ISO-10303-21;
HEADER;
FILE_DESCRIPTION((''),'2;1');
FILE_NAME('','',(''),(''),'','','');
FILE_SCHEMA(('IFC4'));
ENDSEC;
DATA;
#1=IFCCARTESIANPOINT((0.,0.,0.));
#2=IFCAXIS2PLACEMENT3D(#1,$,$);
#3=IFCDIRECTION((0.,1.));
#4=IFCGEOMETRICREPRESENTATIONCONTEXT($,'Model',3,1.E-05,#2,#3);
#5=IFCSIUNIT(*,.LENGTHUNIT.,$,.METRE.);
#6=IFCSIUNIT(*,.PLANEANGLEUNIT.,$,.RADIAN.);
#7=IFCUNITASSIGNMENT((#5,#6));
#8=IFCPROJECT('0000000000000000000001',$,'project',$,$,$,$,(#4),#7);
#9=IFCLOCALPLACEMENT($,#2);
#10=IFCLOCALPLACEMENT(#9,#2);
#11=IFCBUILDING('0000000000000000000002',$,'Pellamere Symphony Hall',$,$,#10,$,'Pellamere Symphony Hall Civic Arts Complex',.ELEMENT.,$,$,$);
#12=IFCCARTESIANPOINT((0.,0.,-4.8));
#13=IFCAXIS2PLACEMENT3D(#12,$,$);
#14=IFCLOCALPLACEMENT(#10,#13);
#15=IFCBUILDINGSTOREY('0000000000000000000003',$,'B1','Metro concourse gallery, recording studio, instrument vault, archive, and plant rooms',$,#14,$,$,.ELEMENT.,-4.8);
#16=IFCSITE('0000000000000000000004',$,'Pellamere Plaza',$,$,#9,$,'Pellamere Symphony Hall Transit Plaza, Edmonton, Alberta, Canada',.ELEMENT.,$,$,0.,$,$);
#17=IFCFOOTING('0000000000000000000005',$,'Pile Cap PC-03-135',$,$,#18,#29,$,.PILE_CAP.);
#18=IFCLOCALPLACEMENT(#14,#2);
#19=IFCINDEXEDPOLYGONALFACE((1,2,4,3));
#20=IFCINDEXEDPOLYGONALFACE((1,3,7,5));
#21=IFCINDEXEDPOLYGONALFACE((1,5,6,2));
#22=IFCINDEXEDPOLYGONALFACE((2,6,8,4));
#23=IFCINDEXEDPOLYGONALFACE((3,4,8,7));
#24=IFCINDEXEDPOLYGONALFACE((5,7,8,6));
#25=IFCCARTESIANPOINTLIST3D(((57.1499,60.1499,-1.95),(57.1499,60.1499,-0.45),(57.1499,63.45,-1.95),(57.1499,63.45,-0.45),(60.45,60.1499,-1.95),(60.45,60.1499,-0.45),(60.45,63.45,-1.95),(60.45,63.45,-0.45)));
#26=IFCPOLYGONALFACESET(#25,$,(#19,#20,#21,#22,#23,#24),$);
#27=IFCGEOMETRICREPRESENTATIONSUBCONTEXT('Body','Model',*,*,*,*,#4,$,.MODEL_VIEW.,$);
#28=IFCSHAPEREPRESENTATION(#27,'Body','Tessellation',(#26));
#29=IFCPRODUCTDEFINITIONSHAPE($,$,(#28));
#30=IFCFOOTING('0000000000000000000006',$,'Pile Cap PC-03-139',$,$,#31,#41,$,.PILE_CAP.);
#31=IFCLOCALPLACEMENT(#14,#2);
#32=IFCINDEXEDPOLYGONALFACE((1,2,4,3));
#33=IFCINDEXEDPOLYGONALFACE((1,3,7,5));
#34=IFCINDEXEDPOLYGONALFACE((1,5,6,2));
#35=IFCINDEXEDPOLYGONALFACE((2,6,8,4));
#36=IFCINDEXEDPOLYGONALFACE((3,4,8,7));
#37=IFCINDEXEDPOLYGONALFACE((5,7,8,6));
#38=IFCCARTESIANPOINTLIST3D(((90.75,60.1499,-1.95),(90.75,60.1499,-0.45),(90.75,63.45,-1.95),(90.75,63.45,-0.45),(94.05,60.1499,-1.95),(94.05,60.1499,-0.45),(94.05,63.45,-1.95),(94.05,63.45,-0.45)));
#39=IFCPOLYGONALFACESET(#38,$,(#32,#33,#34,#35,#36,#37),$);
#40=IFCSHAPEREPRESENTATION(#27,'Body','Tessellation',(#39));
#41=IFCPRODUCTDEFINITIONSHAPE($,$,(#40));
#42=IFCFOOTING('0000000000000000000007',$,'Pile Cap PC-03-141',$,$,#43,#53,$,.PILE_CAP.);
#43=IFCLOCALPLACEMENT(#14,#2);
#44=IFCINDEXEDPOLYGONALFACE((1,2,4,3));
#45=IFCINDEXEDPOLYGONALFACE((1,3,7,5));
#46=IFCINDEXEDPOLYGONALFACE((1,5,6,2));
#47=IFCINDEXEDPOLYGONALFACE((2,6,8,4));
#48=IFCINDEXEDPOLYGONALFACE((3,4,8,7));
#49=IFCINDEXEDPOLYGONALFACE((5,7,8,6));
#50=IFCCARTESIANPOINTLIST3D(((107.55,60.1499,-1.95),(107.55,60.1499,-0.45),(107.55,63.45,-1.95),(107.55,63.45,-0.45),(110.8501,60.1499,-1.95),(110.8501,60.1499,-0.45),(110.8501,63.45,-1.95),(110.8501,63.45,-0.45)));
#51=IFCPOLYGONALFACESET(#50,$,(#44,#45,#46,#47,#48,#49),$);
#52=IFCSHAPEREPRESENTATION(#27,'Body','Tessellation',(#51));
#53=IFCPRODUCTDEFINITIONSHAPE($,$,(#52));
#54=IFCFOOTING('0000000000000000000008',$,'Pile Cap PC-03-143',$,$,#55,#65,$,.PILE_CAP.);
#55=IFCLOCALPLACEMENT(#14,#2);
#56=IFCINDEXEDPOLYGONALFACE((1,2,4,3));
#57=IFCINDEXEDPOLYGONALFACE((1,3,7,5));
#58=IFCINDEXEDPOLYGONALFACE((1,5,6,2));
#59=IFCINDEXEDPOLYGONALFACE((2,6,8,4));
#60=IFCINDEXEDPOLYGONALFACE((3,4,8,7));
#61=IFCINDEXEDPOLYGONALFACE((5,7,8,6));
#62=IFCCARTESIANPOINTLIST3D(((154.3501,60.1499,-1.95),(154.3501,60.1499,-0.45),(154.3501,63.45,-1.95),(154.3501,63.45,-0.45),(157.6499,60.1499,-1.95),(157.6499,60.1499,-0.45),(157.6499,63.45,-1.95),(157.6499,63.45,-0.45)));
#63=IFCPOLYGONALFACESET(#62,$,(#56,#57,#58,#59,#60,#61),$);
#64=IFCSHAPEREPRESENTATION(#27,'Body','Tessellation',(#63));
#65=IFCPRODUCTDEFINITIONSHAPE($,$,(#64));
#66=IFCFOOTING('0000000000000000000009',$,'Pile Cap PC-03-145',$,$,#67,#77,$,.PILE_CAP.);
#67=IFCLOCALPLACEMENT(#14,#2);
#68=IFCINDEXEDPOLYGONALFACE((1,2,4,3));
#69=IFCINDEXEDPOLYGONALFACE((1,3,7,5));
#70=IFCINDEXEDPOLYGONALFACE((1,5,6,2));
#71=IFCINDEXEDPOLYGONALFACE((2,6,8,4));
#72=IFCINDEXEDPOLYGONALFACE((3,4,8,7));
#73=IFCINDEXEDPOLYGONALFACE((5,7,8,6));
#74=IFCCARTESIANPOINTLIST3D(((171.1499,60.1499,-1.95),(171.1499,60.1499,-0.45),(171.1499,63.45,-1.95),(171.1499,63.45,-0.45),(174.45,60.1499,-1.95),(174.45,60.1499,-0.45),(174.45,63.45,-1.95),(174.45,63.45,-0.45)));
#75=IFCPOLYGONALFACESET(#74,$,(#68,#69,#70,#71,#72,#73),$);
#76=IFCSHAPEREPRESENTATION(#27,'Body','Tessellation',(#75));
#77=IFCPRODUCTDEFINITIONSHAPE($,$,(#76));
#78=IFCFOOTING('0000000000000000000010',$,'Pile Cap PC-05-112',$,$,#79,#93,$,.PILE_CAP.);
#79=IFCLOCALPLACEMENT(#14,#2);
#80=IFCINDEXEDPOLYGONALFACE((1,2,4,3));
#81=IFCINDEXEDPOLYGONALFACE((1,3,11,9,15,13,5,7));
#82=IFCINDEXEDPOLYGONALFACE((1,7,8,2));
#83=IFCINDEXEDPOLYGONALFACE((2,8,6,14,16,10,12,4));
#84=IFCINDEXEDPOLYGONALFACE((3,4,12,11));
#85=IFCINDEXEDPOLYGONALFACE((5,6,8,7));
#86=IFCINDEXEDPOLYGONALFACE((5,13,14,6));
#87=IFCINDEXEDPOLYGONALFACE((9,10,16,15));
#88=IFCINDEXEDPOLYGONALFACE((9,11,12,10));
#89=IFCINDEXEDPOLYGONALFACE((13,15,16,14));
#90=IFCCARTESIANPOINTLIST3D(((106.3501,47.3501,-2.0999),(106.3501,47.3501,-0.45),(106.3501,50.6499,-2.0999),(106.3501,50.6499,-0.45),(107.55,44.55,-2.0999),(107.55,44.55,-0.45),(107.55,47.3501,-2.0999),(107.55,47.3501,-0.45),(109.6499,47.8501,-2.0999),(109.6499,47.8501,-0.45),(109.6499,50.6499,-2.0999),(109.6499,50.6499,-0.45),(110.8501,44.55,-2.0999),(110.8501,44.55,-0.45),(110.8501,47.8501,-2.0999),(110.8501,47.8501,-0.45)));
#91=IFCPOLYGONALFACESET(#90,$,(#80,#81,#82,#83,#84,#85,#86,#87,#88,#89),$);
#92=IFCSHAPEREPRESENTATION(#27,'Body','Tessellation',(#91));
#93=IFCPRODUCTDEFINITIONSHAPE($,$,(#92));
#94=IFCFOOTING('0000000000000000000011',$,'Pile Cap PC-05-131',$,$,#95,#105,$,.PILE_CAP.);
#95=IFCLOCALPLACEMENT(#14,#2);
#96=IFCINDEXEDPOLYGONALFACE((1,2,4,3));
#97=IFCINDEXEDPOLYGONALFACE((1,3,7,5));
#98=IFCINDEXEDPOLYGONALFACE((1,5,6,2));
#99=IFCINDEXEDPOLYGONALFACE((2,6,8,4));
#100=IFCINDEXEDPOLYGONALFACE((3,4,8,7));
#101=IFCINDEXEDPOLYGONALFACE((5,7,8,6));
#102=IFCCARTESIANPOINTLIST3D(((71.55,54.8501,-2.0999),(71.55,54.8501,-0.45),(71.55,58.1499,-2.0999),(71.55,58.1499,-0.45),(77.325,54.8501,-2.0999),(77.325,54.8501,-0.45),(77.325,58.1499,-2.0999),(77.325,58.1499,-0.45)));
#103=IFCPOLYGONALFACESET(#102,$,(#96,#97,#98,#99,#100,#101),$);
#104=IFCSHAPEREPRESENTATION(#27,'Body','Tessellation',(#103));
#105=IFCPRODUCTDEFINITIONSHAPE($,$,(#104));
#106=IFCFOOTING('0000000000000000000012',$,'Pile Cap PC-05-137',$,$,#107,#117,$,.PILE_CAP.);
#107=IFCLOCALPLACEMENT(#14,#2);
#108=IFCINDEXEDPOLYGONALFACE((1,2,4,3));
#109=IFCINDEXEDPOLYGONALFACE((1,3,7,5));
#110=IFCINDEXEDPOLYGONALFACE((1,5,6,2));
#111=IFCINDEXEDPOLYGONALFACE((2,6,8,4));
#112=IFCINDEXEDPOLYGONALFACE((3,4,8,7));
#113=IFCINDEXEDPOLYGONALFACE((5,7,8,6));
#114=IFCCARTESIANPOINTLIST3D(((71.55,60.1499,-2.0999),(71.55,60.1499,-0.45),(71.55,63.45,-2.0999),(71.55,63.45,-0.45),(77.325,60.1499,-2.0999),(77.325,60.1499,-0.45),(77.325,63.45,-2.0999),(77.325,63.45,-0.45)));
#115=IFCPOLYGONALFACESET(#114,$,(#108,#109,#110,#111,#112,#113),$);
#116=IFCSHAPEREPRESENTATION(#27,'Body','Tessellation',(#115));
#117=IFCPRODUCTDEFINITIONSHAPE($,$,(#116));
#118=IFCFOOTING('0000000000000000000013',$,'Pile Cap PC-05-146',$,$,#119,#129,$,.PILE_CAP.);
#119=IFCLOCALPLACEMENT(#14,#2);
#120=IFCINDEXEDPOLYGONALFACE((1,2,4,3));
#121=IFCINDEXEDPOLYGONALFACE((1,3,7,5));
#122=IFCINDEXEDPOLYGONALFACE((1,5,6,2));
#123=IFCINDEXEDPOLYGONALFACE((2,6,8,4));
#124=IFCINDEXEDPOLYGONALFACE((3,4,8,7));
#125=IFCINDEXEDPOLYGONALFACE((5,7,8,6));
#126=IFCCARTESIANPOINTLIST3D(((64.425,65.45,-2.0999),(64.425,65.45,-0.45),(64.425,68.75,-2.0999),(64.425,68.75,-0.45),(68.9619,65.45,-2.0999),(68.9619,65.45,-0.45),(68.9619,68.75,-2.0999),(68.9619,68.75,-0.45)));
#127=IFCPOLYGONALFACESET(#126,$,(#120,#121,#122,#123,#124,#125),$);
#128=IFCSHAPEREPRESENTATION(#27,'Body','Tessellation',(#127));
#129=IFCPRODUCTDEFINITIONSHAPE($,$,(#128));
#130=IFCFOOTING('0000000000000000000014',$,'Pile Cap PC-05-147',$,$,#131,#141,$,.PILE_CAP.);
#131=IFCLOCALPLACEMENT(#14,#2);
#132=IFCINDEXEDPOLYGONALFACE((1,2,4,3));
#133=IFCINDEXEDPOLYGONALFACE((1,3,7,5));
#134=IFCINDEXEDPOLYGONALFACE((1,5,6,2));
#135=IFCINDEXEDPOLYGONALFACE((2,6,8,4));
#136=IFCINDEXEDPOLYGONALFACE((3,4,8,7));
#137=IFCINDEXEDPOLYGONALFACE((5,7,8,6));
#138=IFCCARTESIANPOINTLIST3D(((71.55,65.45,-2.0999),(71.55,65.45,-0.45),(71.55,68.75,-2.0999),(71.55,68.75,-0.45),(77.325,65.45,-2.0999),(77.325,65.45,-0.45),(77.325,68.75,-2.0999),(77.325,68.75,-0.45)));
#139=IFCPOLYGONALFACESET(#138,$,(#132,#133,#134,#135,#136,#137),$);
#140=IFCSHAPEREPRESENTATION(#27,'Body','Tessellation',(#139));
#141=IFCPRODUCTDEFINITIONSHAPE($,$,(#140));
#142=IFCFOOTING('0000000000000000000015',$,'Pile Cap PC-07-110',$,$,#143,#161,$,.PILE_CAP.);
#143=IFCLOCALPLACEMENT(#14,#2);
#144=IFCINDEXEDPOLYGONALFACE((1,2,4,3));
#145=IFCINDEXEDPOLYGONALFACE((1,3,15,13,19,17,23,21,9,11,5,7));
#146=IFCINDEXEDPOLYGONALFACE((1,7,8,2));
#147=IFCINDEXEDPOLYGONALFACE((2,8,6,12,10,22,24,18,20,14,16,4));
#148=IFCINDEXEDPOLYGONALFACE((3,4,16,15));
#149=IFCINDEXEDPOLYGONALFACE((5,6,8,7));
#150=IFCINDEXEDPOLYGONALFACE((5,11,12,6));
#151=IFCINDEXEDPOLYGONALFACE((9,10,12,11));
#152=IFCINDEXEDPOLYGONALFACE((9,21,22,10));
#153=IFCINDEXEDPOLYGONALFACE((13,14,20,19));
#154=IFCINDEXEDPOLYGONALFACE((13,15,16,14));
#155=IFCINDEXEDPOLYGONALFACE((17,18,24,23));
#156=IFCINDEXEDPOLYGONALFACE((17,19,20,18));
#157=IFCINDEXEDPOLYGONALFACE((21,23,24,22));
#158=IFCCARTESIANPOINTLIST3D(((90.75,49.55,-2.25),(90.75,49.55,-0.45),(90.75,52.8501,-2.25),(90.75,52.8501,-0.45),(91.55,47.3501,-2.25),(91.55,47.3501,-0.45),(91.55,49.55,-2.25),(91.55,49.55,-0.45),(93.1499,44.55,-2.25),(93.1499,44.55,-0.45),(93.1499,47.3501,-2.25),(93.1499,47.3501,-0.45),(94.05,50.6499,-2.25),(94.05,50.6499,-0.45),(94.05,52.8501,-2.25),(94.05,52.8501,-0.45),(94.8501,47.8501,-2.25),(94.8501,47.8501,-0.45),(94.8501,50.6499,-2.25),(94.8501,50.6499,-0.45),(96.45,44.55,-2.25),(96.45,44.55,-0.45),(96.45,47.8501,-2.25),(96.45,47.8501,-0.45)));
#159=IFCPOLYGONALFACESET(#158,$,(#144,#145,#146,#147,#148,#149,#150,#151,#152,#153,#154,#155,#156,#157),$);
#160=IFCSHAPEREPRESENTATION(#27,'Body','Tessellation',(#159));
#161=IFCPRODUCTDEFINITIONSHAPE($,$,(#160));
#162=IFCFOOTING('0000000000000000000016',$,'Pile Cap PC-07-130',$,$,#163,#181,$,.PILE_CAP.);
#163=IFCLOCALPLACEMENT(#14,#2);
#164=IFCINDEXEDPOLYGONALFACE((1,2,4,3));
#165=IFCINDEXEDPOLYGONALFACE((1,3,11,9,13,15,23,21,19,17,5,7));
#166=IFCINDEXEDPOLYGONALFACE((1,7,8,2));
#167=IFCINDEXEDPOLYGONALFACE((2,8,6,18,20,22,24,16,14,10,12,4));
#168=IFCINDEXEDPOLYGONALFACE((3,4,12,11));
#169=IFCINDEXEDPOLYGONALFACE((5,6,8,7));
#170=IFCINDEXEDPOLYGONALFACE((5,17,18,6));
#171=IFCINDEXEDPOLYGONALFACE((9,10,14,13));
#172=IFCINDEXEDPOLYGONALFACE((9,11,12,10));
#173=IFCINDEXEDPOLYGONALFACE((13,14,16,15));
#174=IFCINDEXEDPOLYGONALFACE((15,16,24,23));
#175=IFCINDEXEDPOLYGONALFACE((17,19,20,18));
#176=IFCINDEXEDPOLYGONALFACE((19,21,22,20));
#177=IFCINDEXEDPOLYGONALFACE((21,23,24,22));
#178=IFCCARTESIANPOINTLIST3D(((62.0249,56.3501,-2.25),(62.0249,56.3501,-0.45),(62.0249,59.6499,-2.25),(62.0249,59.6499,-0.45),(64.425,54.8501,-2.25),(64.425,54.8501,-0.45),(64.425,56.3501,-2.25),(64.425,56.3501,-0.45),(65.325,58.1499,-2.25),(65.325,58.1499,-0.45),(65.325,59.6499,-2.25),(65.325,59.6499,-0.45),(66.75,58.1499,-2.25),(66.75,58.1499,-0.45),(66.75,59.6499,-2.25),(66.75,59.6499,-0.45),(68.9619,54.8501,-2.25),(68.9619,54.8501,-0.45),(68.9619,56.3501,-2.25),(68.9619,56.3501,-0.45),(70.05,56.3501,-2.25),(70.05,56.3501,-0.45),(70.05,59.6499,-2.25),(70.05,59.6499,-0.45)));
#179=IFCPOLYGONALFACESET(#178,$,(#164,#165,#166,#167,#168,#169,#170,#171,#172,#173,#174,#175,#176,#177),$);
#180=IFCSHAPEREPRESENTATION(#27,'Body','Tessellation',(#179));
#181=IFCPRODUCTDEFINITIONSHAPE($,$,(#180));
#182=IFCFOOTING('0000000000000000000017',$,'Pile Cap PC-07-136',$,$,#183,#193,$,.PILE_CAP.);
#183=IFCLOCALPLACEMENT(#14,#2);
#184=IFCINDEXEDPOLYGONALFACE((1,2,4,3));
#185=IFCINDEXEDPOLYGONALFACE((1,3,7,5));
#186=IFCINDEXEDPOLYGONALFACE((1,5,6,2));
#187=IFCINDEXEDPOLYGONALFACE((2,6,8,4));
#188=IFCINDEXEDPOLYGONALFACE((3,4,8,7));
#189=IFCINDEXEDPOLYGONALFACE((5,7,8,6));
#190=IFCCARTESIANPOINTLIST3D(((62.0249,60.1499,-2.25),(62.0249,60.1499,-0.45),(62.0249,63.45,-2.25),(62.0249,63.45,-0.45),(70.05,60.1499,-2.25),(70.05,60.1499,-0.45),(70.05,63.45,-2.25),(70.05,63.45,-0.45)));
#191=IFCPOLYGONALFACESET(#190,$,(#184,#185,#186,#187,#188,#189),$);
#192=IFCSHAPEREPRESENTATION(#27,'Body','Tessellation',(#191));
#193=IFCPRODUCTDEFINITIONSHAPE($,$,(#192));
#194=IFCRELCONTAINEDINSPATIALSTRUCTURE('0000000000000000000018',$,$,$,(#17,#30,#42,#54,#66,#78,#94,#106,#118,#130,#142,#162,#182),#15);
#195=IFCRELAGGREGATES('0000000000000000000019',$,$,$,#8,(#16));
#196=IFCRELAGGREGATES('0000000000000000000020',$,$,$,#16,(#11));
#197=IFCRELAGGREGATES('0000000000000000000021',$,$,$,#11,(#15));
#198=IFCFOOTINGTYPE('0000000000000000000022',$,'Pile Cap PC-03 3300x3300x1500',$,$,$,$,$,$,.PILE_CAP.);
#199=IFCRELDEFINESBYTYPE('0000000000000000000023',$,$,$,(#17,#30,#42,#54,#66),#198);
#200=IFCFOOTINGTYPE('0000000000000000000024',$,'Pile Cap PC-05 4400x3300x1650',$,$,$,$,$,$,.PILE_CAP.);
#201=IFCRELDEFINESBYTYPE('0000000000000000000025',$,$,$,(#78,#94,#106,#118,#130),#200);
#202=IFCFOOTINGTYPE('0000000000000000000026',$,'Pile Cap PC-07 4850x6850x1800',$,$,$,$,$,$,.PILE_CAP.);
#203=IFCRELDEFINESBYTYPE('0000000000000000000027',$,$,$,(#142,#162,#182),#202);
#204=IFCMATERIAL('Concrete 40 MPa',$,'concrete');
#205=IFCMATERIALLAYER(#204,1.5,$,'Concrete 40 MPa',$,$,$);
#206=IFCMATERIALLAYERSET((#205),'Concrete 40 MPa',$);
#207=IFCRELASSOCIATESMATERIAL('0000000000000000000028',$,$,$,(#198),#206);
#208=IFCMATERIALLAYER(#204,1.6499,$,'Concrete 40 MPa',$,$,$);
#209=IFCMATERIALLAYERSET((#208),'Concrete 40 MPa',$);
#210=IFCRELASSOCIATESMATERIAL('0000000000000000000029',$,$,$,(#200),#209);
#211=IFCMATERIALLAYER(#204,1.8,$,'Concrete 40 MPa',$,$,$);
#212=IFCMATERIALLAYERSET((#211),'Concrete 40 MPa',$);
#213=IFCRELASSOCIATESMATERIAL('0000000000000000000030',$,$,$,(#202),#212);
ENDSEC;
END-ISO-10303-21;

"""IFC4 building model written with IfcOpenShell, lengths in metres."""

from ifc_helpers import new_model, si_unit, direction, frame, origin, place, context, subcontext, project, spatial, polyline, outline, extrude, material, layer, layer_set, type_object, element, save


model = new_model("IFC4")

# Units and contexts
model_context = context("Model", 3, precision=1e-05, world=origin(), true_north=direction((0.0, 1.0)))
body_context = subcontext(model_context, "Body", "Model", "MODEL_VIEW")
ifc_project = project(units=[si_unit("LENGTHUNIT", "METRE"), si_unit("PLANEANGLEUNIT", "RADIAN")], contexts=[model_context])

# Site, building, storey
site_placement = place(None, origin())
site = spatial("IfcSite", under=ifc_project, at=site_placement, Name="Pellamere Plaza", LongName="Pellamere Symphony Hall Transit Plaza, Edmonton, Alberta, Canada", CompositionType="ELEMENT", RefElevation=0.0)
building_placement = place(site_placement, origin())
building = spatial("IfcBuilding", under=site, at=building_placement, Name="Pellamere Symphony Hall", LongName="Pellamere Symphony Hall Civic Arts Complex", CompositionType="ELEMENT")
storey_placement = place(building_placement, frame((0.0, 0.0, -4.8)))
storey = spatial("IfcBuildingStorey", under=building, at=storey_placement, Name="B1", Description="Metro concourse gallery, recording studio, instrument vault, archive, and plant rooms", CompositionType="ELEMENT", Elevation=-4.8)

# Footings
ifc_material_1 = material(Name="Concrete 40 MPa", Category="concrete")
ifc_layer_1 = layer(ifc_material_1, 1.5, Name="Concrete 40 MPa")
ifc_layer_set_1 = layer_set([ifc_layer_1], Name="Concrete 40 MPa")
footing_type_1 = type_object("IfcFootingType", Name="Pile Cap PC-03 3300x3300x1500", PredefinedType="PILE_CAP", material=ifc_layer_set_1)
footing_1_placement = place(storey_placement, frame((0.0, 0.0, -1.95)))
element("IfcFooting", 1, at=footing_1_placement, inside=storey, type_object=footing_type_1, Name="Pile Cap PC-03-135", PredefinedType="PILE_CAP", context=body_context, shape_type="SweptSolid", body=[
    extrude(outline(polyline([(57.1499, 60.1499), (57.1499, 63.45), (60.45, 63.45), (60.45, 60.1499), (57.1499, 60.1499)])), origin(), (0.0, 0.0, 1.0), 1.5),
])
footing_2_placement = place(storey_placement, frame((0.0, 0.0, -1.95)))
element("IfcFooting", 2, at=footing_2_placement, inside=storey, type_object=footing_type_1, Name="Pile Cap PC-03-139", PredefinedType="PILE_CAP", context=body_context, shape_type="SweptSolid", body=[
    extrude(outline(polyline([(94.05, 60.1499), (90.75, 60.1499), (90.75, 63.45), (94.05, 63.45), (94.05, 60.1499)])), origin(), (0.0, 0.0, 1.0), 1.5),
])
footing_3_placement = place(storey_placement, frame((0.0, 0.0, -1.95)))
element("IfcFooting", 3, at=footing_3_placement, inside=storey, type_object=footing_type_1, Name="Pile Cap PC-03-141", PredefinedType="PILE_CAP", context=body_context, shape_type="SweptSolid", body=[
    extrude(outline(polyline([(107.55, 60.1499), (107.55, 63.45), (110.8501, 63.45), (110.8501, 60.1499), (107.55, 60.1499)])), origin(), (0.0, 0.0, 1.0), 1.5),
])
footing_4_placement = place(storey_placement, frame((0.0, 0.0, -1.95)))
element("IfcFooting", 4, at=footing_4_placement, inside=storey, type_object=footing_type_1, Name="Pile Cap PC-03-143", PredefinedType="PILE_CAP", context=body_context, shape_type="SweptSolid", body=[
    extrude(outline(polyline([(157.6499, 60.1499), (154.3501, 60.1499), (154.3501, 63.45), (157.6499, 63.45), (157.6499, 60.1499)])), origin(), (0.0, 0.0, 1.0), 1.5),
])
footing_5_placement = place(storey_placement, frame((0.0, 0.0, -1.95)))
element("IfcFooting", 5, at=footing_5_placement, inside=storey, type_object=footing_type_1, Name="Pile Cap PC-03-145", PredefinedType="PILE_CAP", context=body_context, shape_type="SweptSolid", body=[
    extrude(outline(polyline([(171.1499, 60.1499), (171.1499, 63.45), (174.45, 63.45), (174.45, 60.1499), (171.1499, 60.1499)])), origin(), (0.0, 0.0, 1.0), 1.5),
])
ifc_layer_2 = layer(ifc_material_1, 1.6499, Name="Concrete 40 MPa")
ifc_layer_set_2 = layer_set([ifc_layer_2], Name="Concrete 40 MPa")
footing_type_2 = type_object("IfcFootingType", Name="Pile Cap PC-05 4400x3300x1650", PredefinedType="PILE_CAP", material=ifc_layer_set_2)
footing_6_placement = place(storey_placement, frame((0.0, 0.0, -2.0999)))
element("IfcFooting", 6, at=footing_6_placement, inside=storey, type_object=footing_type_2, Name="Pile Cap PC-05-112", PredefinedType="PILE_CAP", context=body_context, shape_type="SweptSolid", body=[
    extrude(outline(polyline([(110.8501, 44.55), (107.55, 44.55), (107.55, 47.3501), (106.3501, 47.3501), (106.3501, 50.6499), (109.6499, 50.6499), (109.6499, 47.8501), (110.8501, 47.8501), (110.8501, 44.55)])), origin(), (0.0, 0.0, 1.0), 1.6499),
])
footing_7_placement = place(storey_placement, frame((0.0, 0.0, -2.0999)))
element("IfcFooting", 7, at=footing_7_placement, inside=storey, type_object=footing_type_2, Name="Pile Cap PC-05-131", PredefinedType="PILE_CAP", context=body_context, shape_type="SweptSolid", body=[
    extrude(outline(polyline([(71.55, 58.1499), (77.325, 58.1499), (77.325, 54.8501), (71.55, 54.8501), (71.55, 58.1499)])), origin(), (0.0, 0.0, 1.0), 1.6499),
])
footing_8_placement = place(storey_placement, frame((0.0, 0.0, -2.0999)))
element("IfcFooting", 8, at=footing_8_placement, inside=storey, type_object=footing_type_2, Name="Pile Cap PC-05-137", PredefinedType="PILE_CAP", context=body_context, shape_type="SweptSolid", body=[
    extrude(outline(polyline([(71.55, 60.1499), (71.55, 63.45), (77.325, 63.45), (77.325, 60.1499), (71.55, 60.1499)])), origin(), (0.0, 0.0, 1.0), 1.6499),
])
footing_9_placement = place(storey_placement, frame((0.0, 0.0, -2.0999)))
element("IfcFooting", 9, at=footing_9_placement, inside=storey, type_object=footing_type_2, Name="Pile Cap PC-05-146", PredefinedType="PILE_CAP", context=body_context, shape_type="SweptSolid", body=[
    extrude(outline(polyline([(64.425, 65.45), (64.425, 68.75), (68.9619, 68.75), (68.9619, 65.45), (64.425, 65.45)])), origin(), (0.0, 0.0, 1.0), 1.6499),
])
footing_10_placement = place(storey_placement, frame((0.0, 0.0, -2.0999)))
element("IfcFooting", 10, at=footing_10_placement, inside=storey, type_object=footing_type_2, Name="Pile Cap PC-05-147", PredefinedType="PILE_CAP", context=body_context, shape_type="SweptSolid", body=[
    extrude(outline(polyline([(71.55, 65.45), (71.55, 68.75), (77.325, 68.75), (77.325, 65.45), (71.55, 65.45)])), origin(), (0.0, 0.0, 1.0), 1.6499),
])
ifc_layer_3 = layer(ifc_material_1, 1.8, Name="Concrete 40 MPa")
ifc_layer_set_3 = layer_set([ifc_layer_3], Name="Concrete 40 MPa")
footing_type_3 = type_object("IfcFootingType", Name="Pile Cap PC-07 4850x6850x1800", PredefinedType="PILE_CAP", material=ifc_layer_set_3)
footing_11_placement = place(storey_placement, frame((0.0, 0.0, -2.25)))
element("IfcFooting", 11, at=footing_11_placement, inside=storey, type_object=footing_type_3, Name="Pile Cap PC-07-110", PredefinedType="PILE_CAP", context=body_context, shape_type="SweptSolid", body=[
    extrude(outline(polyline([(94.05, 52.8501), (94.05, 50.6499), (94.8501, 50.6499), (94.8501, 47.8501), (96.45, 47.8501), (96.45, 44.55), (93.1499, 44.55), (93.1499, 47.3501), (91.55, 47.3501), (91.55, 49.55), (90.75, 49.55), (90.75, 52.8501), (94.05, 52.8501)])), origin(), (0.0, 0.0, 1.0), 1.8),
])
footing_12_placement = place(storey_placement, frame((0.0, 0.0, -2.25)))
element("IfcFooting", 12, at=footing_12_placement, inside=storey, type_object=footing_type_3, Name="Pile Cap PC-07-130", PredefinedType="PILE_CAP", context=body_context, shape_type="SweptSolid", body=[
    extrude(outline(polyline([(66.75, 58.1499), (66.75, 59.6499), (70.05, 59.6499), (70.05, 56.3501), (68.9619, 56.3501), (68.9619, 54.8501), (64.425, 54.8501), (64.425, 56.3501), (62.0249, 56.3501), (62.0249, 59.6499), (65.325, 59.6499), (65.325, 58.1499), (66.75, 58.1499)])), origin(), (0.0, 0.0, 1.0), 1.8),
])
footing_13_placement = place(storey_placement, frame((0.0, 0.0, -2.25)))
element("IfcFooting", 13, at=footing_13_placement, inside=storey, type_object=footing_type_3, Name="Pile Cap PC-07-136", PredefinedType="PILE_CAP", context=body_context, shape_type="SweptSolid", body=[
    extrude(outline(polyline([(70.05, 60.1499), (62.0249, 60.1499), (62.0249, 63.45), (70.05, 63.45), (70.05, 60.1499)])), origin(), (0.0, 0.0, 1.0), 1.8),
])

save(model, "model.ifc")
